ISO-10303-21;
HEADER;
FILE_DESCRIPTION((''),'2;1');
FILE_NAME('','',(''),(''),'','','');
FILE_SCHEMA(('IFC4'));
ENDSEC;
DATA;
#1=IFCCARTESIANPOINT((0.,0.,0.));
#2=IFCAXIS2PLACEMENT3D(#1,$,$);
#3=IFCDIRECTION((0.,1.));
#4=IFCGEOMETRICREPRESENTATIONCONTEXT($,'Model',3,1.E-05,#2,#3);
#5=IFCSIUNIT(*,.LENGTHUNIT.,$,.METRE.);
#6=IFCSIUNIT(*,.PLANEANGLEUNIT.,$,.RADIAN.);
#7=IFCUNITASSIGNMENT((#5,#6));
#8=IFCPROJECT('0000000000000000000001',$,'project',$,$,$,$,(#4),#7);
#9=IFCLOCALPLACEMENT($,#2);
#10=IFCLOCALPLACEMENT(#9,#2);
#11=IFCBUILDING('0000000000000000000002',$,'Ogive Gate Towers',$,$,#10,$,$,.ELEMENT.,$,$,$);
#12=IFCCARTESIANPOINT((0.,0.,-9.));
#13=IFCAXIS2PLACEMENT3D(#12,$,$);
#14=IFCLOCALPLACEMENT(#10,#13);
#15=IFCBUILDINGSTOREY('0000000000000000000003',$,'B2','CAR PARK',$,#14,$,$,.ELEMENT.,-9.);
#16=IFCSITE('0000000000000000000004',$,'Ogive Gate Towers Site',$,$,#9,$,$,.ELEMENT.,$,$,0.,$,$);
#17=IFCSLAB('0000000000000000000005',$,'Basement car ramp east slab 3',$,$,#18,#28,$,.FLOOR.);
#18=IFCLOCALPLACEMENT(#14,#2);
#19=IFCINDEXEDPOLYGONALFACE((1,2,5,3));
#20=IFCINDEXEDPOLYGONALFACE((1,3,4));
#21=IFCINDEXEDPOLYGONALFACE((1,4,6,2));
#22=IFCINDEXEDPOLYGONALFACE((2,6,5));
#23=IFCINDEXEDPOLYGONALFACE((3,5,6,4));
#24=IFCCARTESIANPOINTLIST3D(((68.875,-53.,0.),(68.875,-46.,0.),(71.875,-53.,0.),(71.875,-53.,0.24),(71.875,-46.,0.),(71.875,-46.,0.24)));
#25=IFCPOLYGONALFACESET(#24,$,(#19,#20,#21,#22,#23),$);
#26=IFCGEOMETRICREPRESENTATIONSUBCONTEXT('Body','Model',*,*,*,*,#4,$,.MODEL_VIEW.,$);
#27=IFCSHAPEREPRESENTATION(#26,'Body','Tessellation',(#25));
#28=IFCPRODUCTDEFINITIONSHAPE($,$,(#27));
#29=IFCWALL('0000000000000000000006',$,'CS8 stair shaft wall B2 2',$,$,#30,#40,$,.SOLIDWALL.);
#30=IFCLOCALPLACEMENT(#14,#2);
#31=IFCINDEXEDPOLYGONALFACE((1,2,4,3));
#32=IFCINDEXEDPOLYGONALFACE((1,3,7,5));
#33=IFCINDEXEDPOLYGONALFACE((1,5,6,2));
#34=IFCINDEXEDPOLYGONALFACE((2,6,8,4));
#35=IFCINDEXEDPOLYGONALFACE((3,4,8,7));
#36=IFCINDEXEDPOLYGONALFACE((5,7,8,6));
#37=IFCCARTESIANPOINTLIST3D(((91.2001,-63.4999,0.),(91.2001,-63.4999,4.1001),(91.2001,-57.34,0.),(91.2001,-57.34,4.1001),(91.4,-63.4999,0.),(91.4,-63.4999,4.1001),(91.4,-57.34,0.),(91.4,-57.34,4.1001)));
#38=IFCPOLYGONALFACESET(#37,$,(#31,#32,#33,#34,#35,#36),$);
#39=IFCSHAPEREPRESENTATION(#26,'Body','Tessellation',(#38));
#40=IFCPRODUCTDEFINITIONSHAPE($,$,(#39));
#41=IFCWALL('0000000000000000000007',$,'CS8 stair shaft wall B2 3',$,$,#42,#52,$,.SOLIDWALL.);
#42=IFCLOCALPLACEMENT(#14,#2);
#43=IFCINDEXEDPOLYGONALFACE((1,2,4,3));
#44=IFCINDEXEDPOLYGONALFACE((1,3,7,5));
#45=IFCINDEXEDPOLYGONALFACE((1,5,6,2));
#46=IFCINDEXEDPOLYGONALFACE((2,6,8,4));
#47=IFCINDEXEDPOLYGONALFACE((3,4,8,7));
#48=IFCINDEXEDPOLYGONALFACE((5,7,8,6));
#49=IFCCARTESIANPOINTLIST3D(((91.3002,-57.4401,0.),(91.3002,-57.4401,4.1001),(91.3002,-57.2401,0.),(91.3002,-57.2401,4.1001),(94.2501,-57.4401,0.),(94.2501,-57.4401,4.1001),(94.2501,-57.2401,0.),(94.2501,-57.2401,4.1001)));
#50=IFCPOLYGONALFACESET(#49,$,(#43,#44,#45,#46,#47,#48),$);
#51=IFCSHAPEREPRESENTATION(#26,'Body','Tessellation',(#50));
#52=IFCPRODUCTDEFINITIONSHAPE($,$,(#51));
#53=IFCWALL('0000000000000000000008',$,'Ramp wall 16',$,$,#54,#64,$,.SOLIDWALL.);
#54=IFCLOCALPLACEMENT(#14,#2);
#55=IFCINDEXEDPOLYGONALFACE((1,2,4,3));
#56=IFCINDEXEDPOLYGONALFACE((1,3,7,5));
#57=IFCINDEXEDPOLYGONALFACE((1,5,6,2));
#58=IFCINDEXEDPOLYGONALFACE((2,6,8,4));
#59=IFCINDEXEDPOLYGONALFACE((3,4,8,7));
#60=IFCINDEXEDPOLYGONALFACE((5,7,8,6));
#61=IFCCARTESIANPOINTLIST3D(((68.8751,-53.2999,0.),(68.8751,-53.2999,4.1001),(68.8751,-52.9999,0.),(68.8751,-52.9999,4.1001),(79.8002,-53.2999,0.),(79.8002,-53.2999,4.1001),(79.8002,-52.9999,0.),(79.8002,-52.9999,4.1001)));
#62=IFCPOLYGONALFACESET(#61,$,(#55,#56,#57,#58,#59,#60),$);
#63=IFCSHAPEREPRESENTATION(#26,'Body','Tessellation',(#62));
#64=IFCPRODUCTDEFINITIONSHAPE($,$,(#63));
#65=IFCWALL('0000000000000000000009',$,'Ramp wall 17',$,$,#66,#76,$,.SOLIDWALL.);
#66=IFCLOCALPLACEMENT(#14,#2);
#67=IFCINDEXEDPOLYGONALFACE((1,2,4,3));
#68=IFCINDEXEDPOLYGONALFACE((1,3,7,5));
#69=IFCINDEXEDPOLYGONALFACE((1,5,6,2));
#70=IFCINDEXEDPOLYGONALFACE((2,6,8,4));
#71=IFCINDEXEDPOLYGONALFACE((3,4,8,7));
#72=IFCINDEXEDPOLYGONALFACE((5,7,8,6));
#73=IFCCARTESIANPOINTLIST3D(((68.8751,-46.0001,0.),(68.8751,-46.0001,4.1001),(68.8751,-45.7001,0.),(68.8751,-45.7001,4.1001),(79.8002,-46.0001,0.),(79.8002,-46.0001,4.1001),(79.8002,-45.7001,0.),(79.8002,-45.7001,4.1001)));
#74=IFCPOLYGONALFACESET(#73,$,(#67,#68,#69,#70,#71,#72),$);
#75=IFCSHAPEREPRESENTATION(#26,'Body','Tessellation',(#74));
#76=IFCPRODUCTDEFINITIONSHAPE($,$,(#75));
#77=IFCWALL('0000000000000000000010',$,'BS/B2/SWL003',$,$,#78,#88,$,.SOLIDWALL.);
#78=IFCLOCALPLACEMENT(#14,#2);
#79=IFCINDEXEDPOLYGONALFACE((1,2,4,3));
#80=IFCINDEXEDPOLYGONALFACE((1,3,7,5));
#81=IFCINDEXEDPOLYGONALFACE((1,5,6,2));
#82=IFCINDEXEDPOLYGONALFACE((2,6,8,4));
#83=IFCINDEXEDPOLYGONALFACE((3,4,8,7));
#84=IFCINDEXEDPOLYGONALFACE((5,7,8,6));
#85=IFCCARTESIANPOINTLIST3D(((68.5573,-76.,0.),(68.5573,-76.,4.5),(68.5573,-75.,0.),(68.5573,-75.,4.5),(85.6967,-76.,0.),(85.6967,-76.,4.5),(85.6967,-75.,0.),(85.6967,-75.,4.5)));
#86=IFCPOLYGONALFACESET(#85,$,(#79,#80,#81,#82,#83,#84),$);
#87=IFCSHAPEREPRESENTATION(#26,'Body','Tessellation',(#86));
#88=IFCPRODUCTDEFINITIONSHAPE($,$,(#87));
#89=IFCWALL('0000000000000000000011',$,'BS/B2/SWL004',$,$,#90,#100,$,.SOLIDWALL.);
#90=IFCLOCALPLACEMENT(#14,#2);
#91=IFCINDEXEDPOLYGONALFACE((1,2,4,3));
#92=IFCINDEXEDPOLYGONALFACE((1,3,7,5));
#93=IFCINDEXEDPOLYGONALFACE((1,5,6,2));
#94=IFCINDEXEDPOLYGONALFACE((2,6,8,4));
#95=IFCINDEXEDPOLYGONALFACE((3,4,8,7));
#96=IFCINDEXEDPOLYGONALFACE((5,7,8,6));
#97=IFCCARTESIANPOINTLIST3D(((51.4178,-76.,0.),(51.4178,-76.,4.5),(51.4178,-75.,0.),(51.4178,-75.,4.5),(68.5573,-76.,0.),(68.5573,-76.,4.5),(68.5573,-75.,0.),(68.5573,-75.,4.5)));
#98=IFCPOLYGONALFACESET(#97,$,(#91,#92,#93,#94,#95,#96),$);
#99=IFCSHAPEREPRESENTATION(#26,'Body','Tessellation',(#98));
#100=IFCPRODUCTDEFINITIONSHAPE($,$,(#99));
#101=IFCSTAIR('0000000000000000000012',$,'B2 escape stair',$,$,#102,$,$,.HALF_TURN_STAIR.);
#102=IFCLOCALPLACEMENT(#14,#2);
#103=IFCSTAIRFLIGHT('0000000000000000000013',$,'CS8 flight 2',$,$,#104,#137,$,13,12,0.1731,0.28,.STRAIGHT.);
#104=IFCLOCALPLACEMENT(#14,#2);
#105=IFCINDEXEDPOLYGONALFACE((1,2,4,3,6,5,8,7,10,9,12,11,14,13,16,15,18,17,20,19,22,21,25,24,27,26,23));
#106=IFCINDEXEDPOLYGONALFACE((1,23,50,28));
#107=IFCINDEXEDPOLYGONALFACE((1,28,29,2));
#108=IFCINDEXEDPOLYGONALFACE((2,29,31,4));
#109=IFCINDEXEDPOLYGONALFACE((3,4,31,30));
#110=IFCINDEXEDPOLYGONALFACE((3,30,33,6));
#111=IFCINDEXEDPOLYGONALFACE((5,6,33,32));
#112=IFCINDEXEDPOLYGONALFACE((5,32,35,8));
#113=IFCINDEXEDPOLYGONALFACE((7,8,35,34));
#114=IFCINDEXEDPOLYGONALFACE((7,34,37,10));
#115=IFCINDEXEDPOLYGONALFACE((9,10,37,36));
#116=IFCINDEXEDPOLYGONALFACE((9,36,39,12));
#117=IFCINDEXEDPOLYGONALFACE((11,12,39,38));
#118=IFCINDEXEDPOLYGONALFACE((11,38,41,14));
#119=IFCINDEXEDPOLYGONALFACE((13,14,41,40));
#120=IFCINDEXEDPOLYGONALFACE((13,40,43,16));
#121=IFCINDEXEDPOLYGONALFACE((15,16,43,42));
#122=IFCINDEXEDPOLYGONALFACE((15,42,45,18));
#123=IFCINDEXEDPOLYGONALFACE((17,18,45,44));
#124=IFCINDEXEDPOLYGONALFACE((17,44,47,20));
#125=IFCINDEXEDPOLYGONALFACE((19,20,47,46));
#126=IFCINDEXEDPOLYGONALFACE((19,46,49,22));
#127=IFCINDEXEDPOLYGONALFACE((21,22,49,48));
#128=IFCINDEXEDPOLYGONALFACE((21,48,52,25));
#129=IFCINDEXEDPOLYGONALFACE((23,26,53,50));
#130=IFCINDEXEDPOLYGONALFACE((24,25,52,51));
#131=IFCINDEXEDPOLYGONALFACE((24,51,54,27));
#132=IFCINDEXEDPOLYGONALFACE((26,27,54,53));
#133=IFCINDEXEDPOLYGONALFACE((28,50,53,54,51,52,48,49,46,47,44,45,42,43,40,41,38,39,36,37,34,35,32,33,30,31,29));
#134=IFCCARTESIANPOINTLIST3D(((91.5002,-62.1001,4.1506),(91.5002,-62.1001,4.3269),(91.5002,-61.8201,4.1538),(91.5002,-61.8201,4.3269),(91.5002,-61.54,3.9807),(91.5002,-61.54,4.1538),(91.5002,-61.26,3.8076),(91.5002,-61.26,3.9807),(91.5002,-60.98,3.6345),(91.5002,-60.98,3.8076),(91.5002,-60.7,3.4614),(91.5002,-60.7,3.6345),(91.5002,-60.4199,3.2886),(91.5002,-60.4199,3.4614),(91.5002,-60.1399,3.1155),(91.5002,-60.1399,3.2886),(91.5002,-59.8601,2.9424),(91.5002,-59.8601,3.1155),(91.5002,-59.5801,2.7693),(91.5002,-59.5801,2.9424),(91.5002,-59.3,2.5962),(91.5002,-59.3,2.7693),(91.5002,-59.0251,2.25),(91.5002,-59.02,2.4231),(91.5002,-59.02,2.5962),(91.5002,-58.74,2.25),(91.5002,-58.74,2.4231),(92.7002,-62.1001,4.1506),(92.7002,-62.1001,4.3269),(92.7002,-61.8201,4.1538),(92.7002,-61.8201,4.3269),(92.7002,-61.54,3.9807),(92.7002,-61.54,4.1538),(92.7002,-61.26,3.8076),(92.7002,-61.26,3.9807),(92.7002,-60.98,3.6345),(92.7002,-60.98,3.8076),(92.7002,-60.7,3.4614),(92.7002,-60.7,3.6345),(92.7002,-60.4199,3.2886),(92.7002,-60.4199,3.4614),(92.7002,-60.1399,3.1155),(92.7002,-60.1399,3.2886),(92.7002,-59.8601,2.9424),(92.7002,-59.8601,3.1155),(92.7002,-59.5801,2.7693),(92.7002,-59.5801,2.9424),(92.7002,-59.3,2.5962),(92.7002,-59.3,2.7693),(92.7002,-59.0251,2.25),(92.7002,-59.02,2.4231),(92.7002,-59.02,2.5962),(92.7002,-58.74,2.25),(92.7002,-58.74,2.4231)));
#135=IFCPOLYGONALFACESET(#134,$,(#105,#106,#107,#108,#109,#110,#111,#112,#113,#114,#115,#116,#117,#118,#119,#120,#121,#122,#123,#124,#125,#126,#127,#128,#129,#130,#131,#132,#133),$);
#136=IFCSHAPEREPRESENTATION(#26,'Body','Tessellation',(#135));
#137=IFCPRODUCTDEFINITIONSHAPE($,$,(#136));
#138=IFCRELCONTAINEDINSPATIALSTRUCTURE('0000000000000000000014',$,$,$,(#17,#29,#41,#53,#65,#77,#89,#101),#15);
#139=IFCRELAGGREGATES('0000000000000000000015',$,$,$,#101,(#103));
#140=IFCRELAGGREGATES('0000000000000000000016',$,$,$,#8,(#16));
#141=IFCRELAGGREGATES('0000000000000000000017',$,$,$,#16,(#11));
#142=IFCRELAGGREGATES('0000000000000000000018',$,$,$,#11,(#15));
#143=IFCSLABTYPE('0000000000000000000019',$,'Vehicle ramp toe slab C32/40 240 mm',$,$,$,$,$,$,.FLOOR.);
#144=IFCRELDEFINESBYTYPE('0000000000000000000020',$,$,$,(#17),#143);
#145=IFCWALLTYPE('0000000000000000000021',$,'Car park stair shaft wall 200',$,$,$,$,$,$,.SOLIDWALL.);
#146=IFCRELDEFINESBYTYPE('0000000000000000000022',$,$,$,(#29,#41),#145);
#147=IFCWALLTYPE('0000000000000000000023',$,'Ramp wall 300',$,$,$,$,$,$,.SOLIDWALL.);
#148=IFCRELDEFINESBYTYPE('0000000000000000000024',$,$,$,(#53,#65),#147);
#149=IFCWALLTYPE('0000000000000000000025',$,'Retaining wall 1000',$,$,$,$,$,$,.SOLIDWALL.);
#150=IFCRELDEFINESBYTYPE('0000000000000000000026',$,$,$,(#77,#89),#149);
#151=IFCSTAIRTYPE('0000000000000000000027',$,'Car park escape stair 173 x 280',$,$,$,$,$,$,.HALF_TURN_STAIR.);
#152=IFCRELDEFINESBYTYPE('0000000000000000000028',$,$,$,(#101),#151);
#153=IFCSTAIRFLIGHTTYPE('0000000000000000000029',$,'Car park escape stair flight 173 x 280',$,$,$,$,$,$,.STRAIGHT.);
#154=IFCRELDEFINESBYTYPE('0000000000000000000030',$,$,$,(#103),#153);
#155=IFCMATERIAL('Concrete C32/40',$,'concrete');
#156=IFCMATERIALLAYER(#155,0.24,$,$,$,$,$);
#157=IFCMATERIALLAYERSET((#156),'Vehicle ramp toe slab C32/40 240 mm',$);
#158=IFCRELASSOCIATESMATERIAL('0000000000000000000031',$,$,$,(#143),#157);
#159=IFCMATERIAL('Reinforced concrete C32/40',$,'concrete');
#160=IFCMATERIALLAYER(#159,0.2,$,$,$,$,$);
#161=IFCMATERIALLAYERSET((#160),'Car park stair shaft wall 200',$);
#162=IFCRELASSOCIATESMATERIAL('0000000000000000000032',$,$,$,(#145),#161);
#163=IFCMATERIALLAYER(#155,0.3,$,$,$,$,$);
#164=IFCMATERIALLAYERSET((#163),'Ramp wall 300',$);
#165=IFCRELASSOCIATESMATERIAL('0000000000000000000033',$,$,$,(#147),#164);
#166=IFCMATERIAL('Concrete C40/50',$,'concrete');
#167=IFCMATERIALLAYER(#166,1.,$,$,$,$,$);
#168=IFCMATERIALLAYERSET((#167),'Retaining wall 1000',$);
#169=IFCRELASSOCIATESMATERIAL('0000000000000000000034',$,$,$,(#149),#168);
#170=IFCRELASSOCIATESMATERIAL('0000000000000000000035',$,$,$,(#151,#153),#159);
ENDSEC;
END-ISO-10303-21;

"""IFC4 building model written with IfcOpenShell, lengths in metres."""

from ifc_helpers import new_model, si_unit, direction, frame, frame_2d, origin, place, context, subcontext, project, spatial, polyline, rectangle, outline, extrude, material, layer, layer_set, type_object, element, aggregate, save


model = new_model("IFC4")

# Units and contexts
model_context = context("Model", 3, precision=1e-05, world=origin(), true_north=direction((0.0, 1.0)))
body_context = subcontext(model_context, "Body", "Model", "MODEL_VIEW")
ifc_project = project(units=[si_unit("LENGTHUNIT", "METRE"), si_unit("PLANEANGLEUNIT", "RADIAN")], contexts=[model_context])

# Site, building, storey
site_placement = place(None, origin())
site = spatial("IfcSite", under=ifc_project, at=site_placement, Name="Ogive Gate Towers Site", CompositionType="ELEMENT", RefElevation=0.0)
building_placement = place(site_placement, origin())
building = spatial("IfcBuilding", under=site, at=building_placement, Name="Ogive Gate Towers", CompositionType="ELEMENT")
storey_placement = place(building_placement, frame((0.0, 0.0, -9.0)))
storey = spatial("IfcBuildingStorey", under=building, at=storey_placement, Name="B2", Description="CAR PARK", CompositionType="ELEMENT", Elevation=-9.0)

# Shared definitions
ifc_material_1 = material(Name="Concrete C40/50", Category="concrete")

# Slab
ifc_material_2 = material(Name="Concrete C32/40", Category="concrete")
ifc_layer_1 = layer(ifc_material_2, 0.24)
ifc_layer_set_1 = layer_set([ifc_layer_1], Name="Vehicle ramp toe slab C32/40 240 mm")
slab_type_1 = type_object("IfcSlabType", Name="Vehicle ramp toe slab C32/40 240 mm", PredefinedType="FLOOR", material=ifc_layer_set_1)
slab_1_placement = place(storey_placement, frame((68.875, -49.5, 0.0), z_axis=(0.0, 0.0, 1.0), x_axis=(1.0, 0.0, 0.0)))
element("IfcSlab", 1, at=slab_1_placement, inside=storey, type_object=slab_type_1, Name="Basement car ramp east slab 3", PredefinedType="FLOOR", context=body_context, shape_type="SweptSolid", body=[
    extrude(outline(polyline([(0.0, 0.0), (3.0, 0.0), (3.0, 0.24), (0.0, 0.0), (0.0, 0.0)])), frame((0.0, 3.5, 0.0), z_axis=(0.0, -1.0, 0.0), x_axis=(1.0, 0.0, 0.0)), (0.0, 0.0, 1.0), 7.0),
])

# Walls
ifc_material_3 = material(Name="Reinforced concrete C32/40", Category="concrete")
ifc_layer_2 = layer(ifc_material_3, 0.2)
ifc_layer_set_2 = layer_set([ifc_layer_2], Name="Car park stair shaft wall 200")
wall_type_1 = type_object("IfcWallType", Name="Car park stair shaft wall 200", PredefinedType="SOLIDWALL", material=ifc_layer_set_2)
wall_1_placement = place(storey_placement, frame((91.3, -63.5, 0.0), z_axis=(0.0, 0.0, 1.0), x_axis=(0.0, 1.0, 0.0)))
element("IfcWall", 2, at=wall_1_placement, inside=storey, type_object=wall_type_1, Name="CS8 stair shaft wall B2 2", PredefinedType="SOLIDWALL", context=body_context, shape_type="SweptSolid", body=[
    extrude(rectangle(XDim=6.1599, YDim=0.2, at=frame_2d((3.0801, 0.0))), origin(), (0.0, 0.0, 1.0), 4.1001),
])
wall_2_placement = place(storey_placement, frame((91.3, -57.3401, 0.0), z_axis=(0.0, 0.0, 1.0), x_axis=(1.0, 0.0, 0.0)))
element("IfcWall", 3, at=wall_2_placement, inside=storey, type_object=wall_type_1, Name="CS8 stair shaft wall B2 3", PredefinedType="SOLIDWALL", context=body_context, shape_type="SweptSolid", body=[
    extrude(rectangle(XDim=2.95, YDim=0.2, at=frame_2d((1.4751, 0.0))), origin(), (0.0, 0.0, 1.0), 4.1001),
])
ifc_layer_3 = layer(ifc_material_2, 0.3)
ifc_layer_set_3 = layer_set([ifc_layer_3], Name="Ramp wall 300")
wall_type_2 = type_object("IfcWallType", Name="Ramp wall 300", PredefinedType="SOLIDWALL", material=ifc_layer_set_3)
for number, where, z_axis, x_axis, name in (
    (4, (79.8, -53.1499, 0.0), (0.0, 0.0, 1.0), (-1.0, 0.0, 0.0), "Ramp wall 16"),
    (5, (79.8, -45.8501, 0.0), (0.0, 0.0, 1.0), (-1.0, 0.0, 0.0), "Ramp wall 17"),
):
    element("IfcWall", number, at=place(storey_placement, frame(where, z_axis=z_axis, x_axis=x_axis)), inside=storey, type_object=wall_type_2, Name=name, PredefinedType="SOLIDWALL", context=body_context, shape_type="SweptSolid", body=[
        extrude(rectangle(XDim=10.925, YDim=0.3, at=frame_2d((5.4624, 0.0))), origin(), (0.0, 0.0, 1.0), 4.1001),
    ])
ifc_layer_4 = layer(ifc_material_1, 1.0)
ifc_layer_set_4 = layer_set([ifc_layer_4], Name="Retaining wall 1000")
wall_type_3 = type_object("IfcWallType", Name="Retaining wall 1000", PredefinedType="SOLIDWALL", material=ifc_layer_set_4)
for number, where, z_axis, x_axis, name in (
    (6, (85.6968, -75.5, 0.0), (0.0, 0.0, 1.0), (-1.0, 0.0, 0.0), "BS/B2/SWL003"),
    (7, (68.5574, -75.5, 0.0), (0.0, 0.0, 1.0), (-1.0, 0.0, 0.0), "BS/B2/SWL004"),
):
    element("IfcWall", number, at=place(storey_placement, frame(where, z_axis=z_axis, x_axis=x_axis)), inside=storey, type_object=wall_type_3, Name=name, PredefinedType="SOLIDWALL", context=body_context, shape_type="SweptSolid", body=[
        extrude(rectangle(XDim=17.1394, YDim=1.0, at=frame_2d((8.5698, 0.0))), origin(), (0.0, 0.0, 1.0), 4.5),
    ])

# Stair, stair flight
stair_type = type_object("IfcStairType", Name="Car park escape stair 173 x 280", PredefinedType="HALF_TURN_STAIR", material=ifc_material_3)
stair_placement = place(storey_placement, origin())
stair = element("IfcStair", 8, at=stair_placement, inside=storey, type_object=stair_type, Name="B2 escape stair", PredefinedType="HALF_TURN_STAIR")
stair_flight_type = type_object("IfcStairFlightType", Name="Car park escape stair flight 173 x 280", PredefinedType="STRAIGHT", material=ifc_material_3)
stair_flight_placement = place(storey_placement, frame((92.1001, -58.74, 2.25), z_axis=(0.0, 0.0, 1.0), x_axis=(0.0, -1.0, 0.0)))
stair_flight = element("IfcStairFlight", 9, at=stair_flight_placement, type_object=stair_flight_type, Name="CS8 flight 2", NumberOfRisers=13, NumberOfTreads=12, PredefinedType="STRAIGHT", RiserHeight=0.1731, TreadLength=0.28, context=body_context, shape_type="SweptSolid", body=[
    extrude(outline(polyline([(0.0, 0.0), (0.0, 0.1731), (0.28, 0.1731), (0.28, 0.3462), (0.5601, 0.3462), (0.5601, 0.5193), (0.8401, 0.5193), (0.8401, 0.6924), (1.1201, 0.6924), (1.1201, 0.8655), (1.3999, 0.8655), (1.3999, 1.0386), (1.6799, 1.0386), (1.6799, 1.2114), (1.96, 1.2114), (1.96, 1.3845), (2.24, 1.3845), (2.24, 1.5576), (2.52, 1.5576), (2.52, 1.7307), (2.8, 1.7307), (2.8, 1.9038), (3.0801, 1.9038), (3.0801, 2.0769), (3.3601, 2.0769), (3.3601, 2.25), (3.3601, 1.9006), (0.2852, 0.0), (0.0, 0.0)])), frame((0.0, 0.6001, 0.0), z_axis=(0.0, -1.0, 0.0), x_axis=(1.0, 0.0, 0.0)), (0.0, 0.0, 1.0), 1.2),
])
aggregate(stair, [stair_flight])

save(model, "model.ifc")
